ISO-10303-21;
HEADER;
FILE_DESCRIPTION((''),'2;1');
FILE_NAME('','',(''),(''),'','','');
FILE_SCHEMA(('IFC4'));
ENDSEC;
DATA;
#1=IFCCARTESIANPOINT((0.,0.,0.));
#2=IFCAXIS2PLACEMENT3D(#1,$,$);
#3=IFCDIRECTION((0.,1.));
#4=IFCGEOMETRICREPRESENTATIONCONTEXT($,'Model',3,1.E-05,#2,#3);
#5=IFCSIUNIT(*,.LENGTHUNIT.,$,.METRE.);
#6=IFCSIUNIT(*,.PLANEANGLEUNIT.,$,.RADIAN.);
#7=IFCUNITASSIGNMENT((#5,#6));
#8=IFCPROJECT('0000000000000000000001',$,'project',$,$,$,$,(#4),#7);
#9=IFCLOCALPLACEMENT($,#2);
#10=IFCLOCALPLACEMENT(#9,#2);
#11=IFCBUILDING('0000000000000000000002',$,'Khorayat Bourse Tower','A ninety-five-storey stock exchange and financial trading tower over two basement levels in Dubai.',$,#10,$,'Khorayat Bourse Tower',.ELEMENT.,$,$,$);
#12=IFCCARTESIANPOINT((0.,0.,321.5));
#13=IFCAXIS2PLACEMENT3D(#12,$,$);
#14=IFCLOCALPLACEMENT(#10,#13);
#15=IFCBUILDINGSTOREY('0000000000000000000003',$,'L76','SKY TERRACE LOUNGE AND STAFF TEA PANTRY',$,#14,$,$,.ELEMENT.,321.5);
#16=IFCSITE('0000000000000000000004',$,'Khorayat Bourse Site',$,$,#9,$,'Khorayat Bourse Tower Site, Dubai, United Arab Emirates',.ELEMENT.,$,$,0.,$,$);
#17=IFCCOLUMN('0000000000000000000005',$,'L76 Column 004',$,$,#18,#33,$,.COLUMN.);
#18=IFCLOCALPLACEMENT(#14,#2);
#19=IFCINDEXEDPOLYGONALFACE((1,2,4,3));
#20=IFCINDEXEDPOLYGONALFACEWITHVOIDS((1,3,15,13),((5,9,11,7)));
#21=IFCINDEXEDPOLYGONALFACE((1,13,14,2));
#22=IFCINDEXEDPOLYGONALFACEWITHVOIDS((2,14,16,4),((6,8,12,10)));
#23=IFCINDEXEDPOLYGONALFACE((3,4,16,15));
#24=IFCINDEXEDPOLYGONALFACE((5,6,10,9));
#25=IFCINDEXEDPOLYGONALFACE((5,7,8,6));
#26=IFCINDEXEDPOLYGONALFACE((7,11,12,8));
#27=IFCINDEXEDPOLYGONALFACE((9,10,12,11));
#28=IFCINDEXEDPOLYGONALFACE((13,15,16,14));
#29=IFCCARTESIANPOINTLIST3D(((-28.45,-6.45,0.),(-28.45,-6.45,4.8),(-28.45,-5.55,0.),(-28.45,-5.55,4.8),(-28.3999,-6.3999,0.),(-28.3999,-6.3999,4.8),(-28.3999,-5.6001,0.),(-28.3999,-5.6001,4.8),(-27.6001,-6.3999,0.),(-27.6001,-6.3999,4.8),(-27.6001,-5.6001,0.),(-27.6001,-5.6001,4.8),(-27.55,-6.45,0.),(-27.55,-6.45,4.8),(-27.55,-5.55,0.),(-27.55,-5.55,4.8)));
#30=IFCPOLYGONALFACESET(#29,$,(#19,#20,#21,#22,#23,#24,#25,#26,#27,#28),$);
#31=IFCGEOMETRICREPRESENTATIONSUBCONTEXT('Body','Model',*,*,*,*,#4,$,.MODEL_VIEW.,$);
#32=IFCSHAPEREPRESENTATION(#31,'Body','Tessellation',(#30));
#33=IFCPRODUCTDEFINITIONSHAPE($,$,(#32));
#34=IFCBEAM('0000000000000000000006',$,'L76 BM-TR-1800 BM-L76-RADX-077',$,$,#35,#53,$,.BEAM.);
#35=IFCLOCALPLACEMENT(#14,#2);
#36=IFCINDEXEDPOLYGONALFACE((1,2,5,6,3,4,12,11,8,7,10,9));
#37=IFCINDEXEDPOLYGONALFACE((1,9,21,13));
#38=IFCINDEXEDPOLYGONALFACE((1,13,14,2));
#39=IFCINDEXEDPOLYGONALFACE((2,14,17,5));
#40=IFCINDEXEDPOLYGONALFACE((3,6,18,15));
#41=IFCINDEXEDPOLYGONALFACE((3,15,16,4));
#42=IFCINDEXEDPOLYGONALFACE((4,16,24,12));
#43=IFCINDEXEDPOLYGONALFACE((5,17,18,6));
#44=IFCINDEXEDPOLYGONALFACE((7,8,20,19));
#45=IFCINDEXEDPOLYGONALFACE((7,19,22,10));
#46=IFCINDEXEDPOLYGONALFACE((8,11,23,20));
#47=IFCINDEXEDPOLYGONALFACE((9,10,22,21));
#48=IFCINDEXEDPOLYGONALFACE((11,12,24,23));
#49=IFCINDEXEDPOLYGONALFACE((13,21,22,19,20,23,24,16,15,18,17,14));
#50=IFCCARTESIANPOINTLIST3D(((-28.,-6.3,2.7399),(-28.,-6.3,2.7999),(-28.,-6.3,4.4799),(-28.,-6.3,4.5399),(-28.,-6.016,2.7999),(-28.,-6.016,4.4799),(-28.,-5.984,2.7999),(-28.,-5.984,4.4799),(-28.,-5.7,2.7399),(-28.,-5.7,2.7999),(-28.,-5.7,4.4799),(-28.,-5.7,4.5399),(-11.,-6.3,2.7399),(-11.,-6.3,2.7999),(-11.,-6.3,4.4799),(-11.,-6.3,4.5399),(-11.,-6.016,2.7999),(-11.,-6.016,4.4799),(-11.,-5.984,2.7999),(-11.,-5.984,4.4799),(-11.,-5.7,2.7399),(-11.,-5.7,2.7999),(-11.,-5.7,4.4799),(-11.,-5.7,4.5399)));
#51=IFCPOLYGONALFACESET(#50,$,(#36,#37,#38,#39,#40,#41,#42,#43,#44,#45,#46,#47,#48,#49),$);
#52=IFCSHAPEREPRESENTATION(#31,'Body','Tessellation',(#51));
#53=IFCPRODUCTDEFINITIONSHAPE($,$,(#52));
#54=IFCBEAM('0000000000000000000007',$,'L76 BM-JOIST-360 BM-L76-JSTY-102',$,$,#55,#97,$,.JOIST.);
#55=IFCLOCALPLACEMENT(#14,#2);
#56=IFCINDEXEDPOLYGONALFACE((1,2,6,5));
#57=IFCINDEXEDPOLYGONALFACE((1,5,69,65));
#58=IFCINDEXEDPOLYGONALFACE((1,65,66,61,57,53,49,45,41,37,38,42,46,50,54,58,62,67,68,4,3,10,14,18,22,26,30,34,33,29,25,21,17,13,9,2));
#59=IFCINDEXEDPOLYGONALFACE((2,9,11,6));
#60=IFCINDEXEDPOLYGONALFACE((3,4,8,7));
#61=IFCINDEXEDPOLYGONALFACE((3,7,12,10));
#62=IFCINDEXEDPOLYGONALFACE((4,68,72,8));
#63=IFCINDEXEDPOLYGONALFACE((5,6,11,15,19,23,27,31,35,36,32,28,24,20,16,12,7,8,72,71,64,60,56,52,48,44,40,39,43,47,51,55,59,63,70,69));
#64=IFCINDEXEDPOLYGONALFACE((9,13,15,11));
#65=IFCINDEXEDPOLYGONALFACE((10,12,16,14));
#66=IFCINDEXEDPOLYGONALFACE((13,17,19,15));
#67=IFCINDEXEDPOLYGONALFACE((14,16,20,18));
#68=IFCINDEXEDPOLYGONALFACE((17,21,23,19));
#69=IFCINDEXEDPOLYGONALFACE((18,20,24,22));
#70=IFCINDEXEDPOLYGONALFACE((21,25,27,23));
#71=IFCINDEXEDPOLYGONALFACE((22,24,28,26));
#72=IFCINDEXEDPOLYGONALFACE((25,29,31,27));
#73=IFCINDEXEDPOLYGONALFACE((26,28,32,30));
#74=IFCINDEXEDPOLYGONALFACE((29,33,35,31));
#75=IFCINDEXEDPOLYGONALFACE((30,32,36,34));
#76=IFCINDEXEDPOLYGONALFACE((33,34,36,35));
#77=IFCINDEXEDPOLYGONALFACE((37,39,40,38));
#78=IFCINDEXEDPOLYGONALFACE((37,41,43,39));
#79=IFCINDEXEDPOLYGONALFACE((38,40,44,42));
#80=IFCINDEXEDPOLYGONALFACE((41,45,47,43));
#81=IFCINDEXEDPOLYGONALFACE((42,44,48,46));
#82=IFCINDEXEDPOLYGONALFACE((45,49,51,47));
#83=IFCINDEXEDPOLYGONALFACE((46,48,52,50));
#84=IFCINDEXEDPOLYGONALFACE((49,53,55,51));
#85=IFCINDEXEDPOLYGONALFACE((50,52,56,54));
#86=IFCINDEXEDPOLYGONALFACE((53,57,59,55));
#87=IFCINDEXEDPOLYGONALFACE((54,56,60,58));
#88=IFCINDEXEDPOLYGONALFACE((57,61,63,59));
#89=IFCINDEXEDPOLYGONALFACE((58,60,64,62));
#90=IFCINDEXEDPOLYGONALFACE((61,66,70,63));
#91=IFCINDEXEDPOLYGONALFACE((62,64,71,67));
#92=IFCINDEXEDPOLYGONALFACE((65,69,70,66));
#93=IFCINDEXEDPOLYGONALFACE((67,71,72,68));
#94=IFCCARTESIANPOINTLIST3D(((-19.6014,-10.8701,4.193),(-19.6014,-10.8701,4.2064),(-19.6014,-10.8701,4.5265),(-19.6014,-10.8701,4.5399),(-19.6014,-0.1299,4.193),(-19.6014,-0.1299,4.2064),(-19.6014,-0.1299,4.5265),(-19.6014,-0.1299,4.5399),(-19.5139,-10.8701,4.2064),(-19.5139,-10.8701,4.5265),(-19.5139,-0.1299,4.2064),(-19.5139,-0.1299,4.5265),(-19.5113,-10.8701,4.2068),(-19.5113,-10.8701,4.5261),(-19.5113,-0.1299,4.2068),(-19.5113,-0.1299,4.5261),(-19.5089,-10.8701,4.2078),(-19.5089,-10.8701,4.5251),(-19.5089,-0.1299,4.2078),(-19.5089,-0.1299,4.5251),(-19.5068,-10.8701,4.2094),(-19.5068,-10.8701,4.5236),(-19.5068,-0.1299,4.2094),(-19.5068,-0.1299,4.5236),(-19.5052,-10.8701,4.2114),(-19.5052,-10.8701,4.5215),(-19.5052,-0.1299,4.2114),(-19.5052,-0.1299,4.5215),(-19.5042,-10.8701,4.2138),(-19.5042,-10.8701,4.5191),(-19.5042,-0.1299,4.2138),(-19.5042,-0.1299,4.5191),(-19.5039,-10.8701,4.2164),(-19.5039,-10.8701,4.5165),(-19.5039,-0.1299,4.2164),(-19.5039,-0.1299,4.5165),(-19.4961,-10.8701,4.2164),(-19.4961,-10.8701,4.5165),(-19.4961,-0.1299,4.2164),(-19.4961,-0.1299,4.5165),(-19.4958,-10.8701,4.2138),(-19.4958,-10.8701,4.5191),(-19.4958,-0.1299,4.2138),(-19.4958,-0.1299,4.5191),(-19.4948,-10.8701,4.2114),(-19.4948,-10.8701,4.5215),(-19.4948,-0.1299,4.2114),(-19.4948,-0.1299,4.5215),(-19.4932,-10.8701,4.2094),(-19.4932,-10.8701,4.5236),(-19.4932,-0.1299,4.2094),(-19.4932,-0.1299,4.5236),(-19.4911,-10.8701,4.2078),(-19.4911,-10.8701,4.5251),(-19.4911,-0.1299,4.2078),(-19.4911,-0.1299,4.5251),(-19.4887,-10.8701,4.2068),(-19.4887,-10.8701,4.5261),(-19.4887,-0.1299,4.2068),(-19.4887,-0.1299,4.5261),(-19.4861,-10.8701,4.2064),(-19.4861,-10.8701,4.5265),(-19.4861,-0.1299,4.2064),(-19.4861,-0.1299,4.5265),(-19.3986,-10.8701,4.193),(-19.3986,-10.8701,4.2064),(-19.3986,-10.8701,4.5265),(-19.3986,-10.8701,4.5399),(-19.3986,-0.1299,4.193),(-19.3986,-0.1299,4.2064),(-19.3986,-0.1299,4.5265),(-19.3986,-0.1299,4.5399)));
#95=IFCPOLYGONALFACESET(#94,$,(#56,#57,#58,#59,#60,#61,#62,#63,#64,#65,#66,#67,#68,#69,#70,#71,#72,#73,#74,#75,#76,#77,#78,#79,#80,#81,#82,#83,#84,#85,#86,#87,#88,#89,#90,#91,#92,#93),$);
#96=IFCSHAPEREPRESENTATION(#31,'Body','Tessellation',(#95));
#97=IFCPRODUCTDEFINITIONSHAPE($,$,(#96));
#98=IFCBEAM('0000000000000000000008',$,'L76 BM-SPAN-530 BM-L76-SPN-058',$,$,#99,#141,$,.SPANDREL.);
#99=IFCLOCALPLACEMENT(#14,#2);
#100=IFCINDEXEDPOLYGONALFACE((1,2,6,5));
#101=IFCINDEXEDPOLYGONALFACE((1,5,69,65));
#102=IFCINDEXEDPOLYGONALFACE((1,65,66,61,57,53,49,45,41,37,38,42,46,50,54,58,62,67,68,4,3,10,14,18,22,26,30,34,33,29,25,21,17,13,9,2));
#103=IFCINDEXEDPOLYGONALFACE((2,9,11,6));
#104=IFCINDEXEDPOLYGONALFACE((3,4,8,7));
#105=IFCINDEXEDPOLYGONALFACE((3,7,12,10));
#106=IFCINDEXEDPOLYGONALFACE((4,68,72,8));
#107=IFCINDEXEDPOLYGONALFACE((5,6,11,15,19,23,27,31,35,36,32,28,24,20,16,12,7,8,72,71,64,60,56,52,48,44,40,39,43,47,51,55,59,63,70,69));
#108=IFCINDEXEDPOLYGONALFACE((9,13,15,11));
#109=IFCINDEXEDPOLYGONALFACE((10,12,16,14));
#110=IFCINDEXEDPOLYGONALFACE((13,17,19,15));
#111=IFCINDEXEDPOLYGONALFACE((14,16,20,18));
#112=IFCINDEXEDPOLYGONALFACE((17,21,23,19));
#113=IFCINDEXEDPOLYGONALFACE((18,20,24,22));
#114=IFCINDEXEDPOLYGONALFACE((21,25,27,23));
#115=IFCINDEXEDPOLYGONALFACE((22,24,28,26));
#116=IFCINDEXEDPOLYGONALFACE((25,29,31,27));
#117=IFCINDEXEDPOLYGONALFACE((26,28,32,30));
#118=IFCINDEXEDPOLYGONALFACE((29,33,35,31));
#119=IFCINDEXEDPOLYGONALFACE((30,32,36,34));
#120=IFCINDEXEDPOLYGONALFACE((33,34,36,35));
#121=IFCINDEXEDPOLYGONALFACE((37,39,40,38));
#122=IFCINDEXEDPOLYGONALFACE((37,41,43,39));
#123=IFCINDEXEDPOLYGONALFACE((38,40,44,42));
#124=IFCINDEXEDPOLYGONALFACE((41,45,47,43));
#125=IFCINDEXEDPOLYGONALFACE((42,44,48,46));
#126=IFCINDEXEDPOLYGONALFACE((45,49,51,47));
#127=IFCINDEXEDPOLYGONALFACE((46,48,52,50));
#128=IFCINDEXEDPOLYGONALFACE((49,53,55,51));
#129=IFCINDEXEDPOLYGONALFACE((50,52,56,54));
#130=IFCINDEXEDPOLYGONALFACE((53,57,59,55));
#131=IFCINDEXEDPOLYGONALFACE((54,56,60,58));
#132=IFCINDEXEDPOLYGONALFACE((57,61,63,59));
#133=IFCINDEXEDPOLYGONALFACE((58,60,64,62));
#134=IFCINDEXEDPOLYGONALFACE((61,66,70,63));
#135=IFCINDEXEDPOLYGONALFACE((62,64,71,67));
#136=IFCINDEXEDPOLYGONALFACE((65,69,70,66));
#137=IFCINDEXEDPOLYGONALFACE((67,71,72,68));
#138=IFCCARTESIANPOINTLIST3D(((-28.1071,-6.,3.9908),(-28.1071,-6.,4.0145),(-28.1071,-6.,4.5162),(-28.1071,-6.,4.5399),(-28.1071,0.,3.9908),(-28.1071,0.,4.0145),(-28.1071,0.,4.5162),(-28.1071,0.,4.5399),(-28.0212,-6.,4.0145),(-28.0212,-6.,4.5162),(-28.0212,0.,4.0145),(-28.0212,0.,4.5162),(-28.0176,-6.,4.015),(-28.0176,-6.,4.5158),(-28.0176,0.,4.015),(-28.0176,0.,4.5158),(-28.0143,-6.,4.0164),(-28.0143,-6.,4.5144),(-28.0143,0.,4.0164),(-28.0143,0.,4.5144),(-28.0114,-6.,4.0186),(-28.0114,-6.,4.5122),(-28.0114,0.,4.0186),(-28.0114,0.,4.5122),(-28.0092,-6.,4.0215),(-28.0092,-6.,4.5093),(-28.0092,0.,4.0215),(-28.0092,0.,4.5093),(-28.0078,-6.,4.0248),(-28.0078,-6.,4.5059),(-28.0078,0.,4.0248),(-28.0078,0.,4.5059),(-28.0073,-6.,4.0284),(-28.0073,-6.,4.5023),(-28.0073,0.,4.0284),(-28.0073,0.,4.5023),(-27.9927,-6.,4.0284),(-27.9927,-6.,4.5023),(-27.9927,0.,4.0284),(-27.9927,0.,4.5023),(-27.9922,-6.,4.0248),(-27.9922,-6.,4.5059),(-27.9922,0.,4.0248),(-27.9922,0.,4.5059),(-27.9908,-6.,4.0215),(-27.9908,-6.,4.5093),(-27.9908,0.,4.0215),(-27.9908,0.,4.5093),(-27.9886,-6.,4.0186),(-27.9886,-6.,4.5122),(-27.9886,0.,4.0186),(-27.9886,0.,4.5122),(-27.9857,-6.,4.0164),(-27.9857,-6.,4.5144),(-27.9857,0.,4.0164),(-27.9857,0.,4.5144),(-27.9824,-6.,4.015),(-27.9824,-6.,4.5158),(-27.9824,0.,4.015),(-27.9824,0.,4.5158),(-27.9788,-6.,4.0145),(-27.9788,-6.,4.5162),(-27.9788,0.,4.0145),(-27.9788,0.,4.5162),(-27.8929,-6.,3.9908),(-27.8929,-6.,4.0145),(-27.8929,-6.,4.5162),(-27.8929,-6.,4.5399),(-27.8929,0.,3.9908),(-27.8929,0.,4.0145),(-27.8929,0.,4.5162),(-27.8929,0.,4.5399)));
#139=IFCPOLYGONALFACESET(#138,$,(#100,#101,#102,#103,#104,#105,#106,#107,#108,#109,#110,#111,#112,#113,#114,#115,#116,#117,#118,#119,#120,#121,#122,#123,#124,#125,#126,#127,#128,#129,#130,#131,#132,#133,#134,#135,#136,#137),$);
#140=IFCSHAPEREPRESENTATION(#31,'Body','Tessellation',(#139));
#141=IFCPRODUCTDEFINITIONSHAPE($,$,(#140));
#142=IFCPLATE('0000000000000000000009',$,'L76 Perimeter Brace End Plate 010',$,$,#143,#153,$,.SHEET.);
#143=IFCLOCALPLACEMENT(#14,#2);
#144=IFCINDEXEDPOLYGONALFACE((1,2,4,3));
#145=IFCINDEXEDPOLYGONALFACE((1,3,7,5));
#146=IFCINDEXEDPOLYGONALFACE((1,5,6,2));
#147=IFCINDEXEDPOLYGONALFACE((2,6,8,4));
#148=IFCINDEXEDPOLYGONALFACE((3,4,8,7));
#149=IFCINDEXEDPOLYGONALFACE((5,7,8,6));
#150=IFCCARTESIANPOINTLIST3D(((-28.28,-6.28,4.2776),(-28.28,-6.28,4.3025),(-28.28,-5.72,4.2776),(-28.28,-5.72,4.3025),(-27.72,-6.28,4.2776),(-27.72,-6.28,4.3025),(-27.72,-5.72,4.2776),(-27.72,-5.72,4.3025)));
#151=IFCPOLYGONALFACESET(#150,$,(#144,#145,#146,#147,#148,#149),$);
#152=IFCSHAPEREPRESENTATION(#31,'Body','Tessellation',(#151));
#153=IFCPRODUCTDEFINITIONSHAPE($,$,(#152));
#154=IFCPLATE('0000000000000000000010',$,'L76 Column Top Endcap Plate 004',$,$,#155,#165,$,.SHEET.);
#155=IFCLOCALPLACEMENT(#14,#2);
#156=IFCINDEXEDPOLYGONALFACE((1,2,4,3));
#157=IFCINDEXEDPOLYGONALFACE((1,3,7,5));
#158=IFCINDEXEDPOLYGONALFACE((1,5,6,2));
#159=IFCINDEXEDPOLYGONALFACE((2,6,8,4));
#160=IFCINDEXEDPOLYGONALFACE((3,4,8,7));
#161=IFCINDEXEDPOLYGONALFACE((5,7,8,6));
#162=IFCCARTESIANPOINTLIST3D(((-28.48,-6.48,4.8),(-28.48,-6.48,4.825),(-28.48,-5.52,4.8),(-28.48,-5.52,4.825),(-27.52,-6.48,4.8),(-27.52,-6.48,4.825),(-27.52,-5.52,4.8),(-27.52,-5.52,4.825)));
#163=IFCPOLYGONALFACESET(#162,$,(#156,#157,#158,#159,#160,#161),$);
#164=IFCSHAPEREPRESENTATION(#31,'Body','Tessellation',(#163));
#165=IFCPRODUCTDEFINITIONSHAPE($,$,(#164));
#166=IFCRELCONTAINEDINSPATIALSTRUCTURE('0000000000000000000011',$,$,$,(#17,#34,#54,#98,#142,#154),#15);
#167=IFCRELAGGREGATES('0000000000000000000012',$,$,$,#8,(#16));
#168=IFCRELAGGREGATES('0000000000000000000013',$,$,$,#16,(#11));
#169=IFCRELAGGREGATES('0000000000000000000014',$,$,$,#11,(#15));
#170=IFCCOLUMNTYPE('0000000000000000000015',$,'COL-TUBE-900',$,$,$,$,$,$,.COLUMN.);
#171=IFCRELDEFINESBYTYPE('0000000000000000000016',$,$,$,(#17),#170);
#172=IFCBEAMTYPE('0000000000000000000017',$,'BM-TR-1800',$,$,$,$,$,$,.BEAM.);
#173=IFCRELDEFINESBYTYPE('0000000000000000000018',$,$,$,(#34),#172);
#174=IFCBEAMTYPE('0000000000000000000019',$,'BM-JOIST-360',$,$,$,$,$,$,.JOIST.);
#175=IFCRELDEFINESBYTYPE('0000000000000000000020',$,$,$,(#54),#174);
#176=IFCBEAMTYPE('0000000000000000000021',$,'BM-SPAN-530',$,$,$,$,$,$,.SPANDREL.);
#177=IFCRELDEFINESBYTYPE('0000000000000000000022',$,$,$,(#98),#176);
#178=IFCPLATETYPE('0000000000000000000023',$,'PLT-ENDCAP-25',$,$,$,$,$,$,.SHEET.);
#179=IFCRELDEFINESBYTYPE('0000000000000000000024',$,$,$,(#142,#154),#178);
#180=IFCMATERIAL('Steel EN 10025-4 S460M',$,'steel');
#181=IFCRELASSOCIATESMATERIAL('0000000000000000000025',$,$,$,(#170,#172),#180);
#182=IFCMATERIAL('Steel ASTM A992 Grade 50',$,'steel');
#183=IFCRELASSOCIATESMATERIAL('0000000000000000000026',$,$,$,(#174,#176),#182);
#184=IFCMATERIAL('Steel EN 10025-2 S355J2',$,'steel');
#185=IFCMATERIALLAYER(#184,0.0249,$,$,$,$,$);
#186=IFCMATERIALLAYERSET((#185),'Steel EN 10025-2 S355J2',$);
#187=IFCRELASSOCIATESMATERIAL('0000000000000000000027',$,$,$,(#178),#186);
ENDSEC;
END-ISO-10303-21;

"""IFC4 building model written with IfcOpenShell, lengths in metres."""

from ifc_helpers import new_model, si_unit, direction, frame, origin, origin_2d, place, context, subcontext, project, spatial, rectangle, hollow_rectangle, i_section, extrude, source, transform, mapped, material, layer, layer_set, material_profile, profile_set, type_object, element, save


model = new_model("IFC4")

# Units and contexts
model_context = context("Model", 3, precision=1e-05, world=origin(), true_north=direction((0.0, 1.0)))
body_context = subcontext(model_context, "Body", "Model", "MODEL_VIEW")
ifc_project = project(units=[si_unit("LENGTHUNIT", "METRE"), si_unit("PLANEANGLEUNIT", "RADIAN")], contexts=[model_context])

# Site, building, storey
site_placement = place(None, origin())
site = spatial("IfcSite", under=ifc_project, at=site_placement, Name="Khorayat Bourse Site", LongName="Khorayat Bourse Tower Site, Dubai, United Arab Emirates", CompositionType="ELEMENT", RefElevation=0.0)
building_placement = place(site_placement, origin())
building = spatial("IfcBuilding", under=site, at=building_placement, Name="Khorayat Bourse Tower", Description="A ninety-five-storey stock exchange and financial trading tower over two basement levels in Dubai.", LongName="Khorayat Bourse Tower", CompositionType="ELEMENT")
storey_placement = place(building_placement, frame((0.0, 0.0, 321.5)))
storey = spatial("IfcBuildingStorey", under=building, at=storey_placement, Name="L76", Description="SKY TERRACE LOUNGE AND STAFF TEA PANTRY", CompositionType="ELEMENT", Elevation=321.5)

# Column
ifc_material_1 = material(Name="Steel EN 10025-4 S460M", Category="steel")
ifc_material_profile_1 = material_profile(ifc_material_1, hollow_rectangle(XDim=0.8999, YDim=0.8999, WallThickness=0.05, at=origin_2d()), Name="BOX 900x900x50")
ifc_profile_set_1 = profile_set([ifc_material_profile_1], Name="Steel EN 10025-4 S460M")
column_type = type_object("IfcColumnType", Name="COL-TUBE-900", PredefinedType="COLUMN", material=ifc_profile_set_1)
shared_shape_1 = source(origin(), body_context, "Body", "SweptSolid", [
    extrude(hollow_rectangle(XDim=0.8999, YDim=0.8999, WallThickness=0.05, at=origin_2d()), origin(), (0.0, 0.0, 1.0), 4.8),
])
column_placement = place(storey_placement, frame((-28.0, -6.0, 0.0), z_axis=(0.0, 0.0, 1.0), x_axis=(1.0, 0.0, 0.0)))
element("IfcColumn", 1, at=column_placement, inside=storey, type_object=column_type, Name="L76 Column 004", PredefinedType="COLUMN", context=body_context, shape_type="MappedRepresentation", body=[
    mapped(shared_shape_1, transform((0.0, 0.0, 0.0), scale=1.0)),
])

# Beams
ifc_material_profile_2 = material_profile(ifc_material_1, i_section(OverallWidth=0.6001, OverallDepth=1.8, WebThickness=0.032, FlangeThickness=0.0601, at=origin_2d()), Name="PG 1800x600x32x60")
ifc_profile_set_2 = profile_set([ifc_material_profile_2], Name="Steel EN 10025-4 S460M")
beam_type_1 = type_object("IfcBeamType", Name="BM-TR-1800", PredefinedType="BEAM", material=ifc_profile_set_2)
shared_shape_2 = source(origin(), body_context, "Body", "SweptSolid", [
    extrude(i_section(OverallWidth=0.6001, OverallDepth=1.8, WebThickness=0.032, FlangeThickness=0.0601, at=origin_2d()), origin(), (0.0, 0.0, 1.0), 17.0),
])
beam_1_placement = place(storey_placement, frame((-28.0, -6.0, 3.6399), z_axis=(1.0, 0.0, 0.0), x_axis=(0.0, 1.0, 0.0)))
element("IfcBeam", 2, at=beam_1_placement, inside=storey, type_object=beam_type_1, Name="L76 BM-TR-1800 BM-L76-RADX-077", PredefinedType="BEAM", context=body_context, shape_type="MappedRepresentation", body=[
    mapped(shared_shape_2, transform((0.0, 0.0, 0.0), scale=1.0)),
])
ifc_material_2 = material(Name="Steel ASTM A992 Grade 50", Category="steel")
ifc_material_profile_3 = material_profile(ifc_material_2, i_section(OverallWidth=0.2029, OverallDepth=0.3469, WebThickness=0.0078, FlangeThickness=0.0134, FilletRadius=0.01, at=origin_2d()), Name="W360X64")
ifc_profile_set_3 = profile_set([ifc_material_profile_3], Name="Steel ASTM A992 Grade 50")
beam_type_2 = type_object("IfcBeamType", Name="BM-JOIST-360", PredefinedType="JOIST", material=ifc_profile_set_3)
shared_shape_3 = source(origin(), body_context, "Body", "SweptSolid", [
    extrude(i_section(OverallWidth=0.2029, OverallDepth=0.3469, WebThickness=0.0078, FlangeThickness=0.0134, FilletRadius=0.01, at=origin_2d()), origin(), (0.0, 0.0, 1.0), 10.7402),
])
beam_2_placement = place(storey_placement, frame((-19.5, -10.8701, 4.3665), z_axis=(0.0, 1.0, 0.0), x_axis=(-1.0, 0.0, 0.0)))
element("IfcBeam", 3, at=beam_2_placement, inside=storey, type_object=beam_type_2, Name="L76 BM-JOIST-360 BM-L76-JSTY-102", PredefinedType="JOIST", context=body_context, shape_type="MappedRepresentation", body=[
    mapped(shared_shape_3, transform((0.0, 0.0, 0.0), scale=1.0)),
])
ifc_material_profile_4 = material_profile(ifc_material_2, i_section(OverallWidth=0.2141, OverallDepth=0.5491, WebThickness=0.0146, FlangeThickness=0.0237, FilletRadius=0.0139, at=origin_2d()), Name="W530X138")
ifc_profile_set_4 = profile_set([ifc_material_profile_4], Name="Steel ASTM A992 Grade 50")
beam_type_3 = type_object("IfcBeamType", Name="BM-SPAN-530", PredefinedType="SPANDREL", material=ifc_profile_set_4)
shared_shape_4 = source(origin(), body_context, "Body", "SweptSolid", [
    extrude(i_section(OverallWidth=0.2141, OverallDepth=0.5491, WebThickness=0.0146, FlangeThickness=0.0237, FilletRadius=0.0139, at=origin_2d()), origin(), (0.0, 0.0, 1.0), 6.0),
])
beam_3_placement = place(storey_placement, frame((-28.0, -6.0, 4.2654), z_axis=(0.0, 1.0, 0.0), x_axis=(-1.0, 0.0, 0.0)))
element("IfcBeam", 4, at=beam_3_placement, inside=storey, type_object=beam_type_3, Name="L76 BM-SPAN-530 BM-L76-SPN-058", PredefinedType="SPANDREL", context=body_context, shape_type="MappedRepresentation", body=[
    mapped(shared_shape_4, transform((0.0, 0.0, 0.0), scale=1.0)),
])

# Plates
ifc_material_3 = material(Name="Steel EN 10025-2 S355J2", Category="steel")
ifc_layer_1 = layer(ifc_material_3, 0.0249)
ifc_layer_set_1 = layer_set([ifc_layer_1], Name="Steel EN 10025-2 S355J2")
plate_type_1 = type_object("IfcPlateType", Name="PLT-ENDCAP-25", PredefinedType="SHEET", material=ifc_layer_set_1)
shared_shape_5 = source(origin(), body_context, "Body", "SweptSolid", [
    extrude(rectangle(XDim=0.5601, YDim=0.5601, at=origin_2d()), origin(), (0.0, 0.0, 1.0), 0.0249),
])
plate_1_placement = place(storey_placement, frame((-28.0, -6.0, 4.2776), z_axis=(0.0, 0.0, 1.0), x_axis=(1.0, 0.0, 0.0)))
element("IfcPlate", 5, at=plate_1_placement, inside=storey, type_object=plate_type_1, Name="L76 Perimeter Brace End Plate 010", PredefinedType="SHEET", context=body_context, shape_type="MappedRepresentation", body=[
    mapped(shared_shape_5, transform((0.0, 0.0, 0.0), scale=1.0)),
])
shared_shape_6 = source(origin(), body_context, "Body", "SweptSolid", [
    extrude(rectangle(XDim=0.96, YDim=0.96, at=origin_2d()), origin(), (0.0, 0.0, 1.0), 0.0249),
])
plate_2_placement = place(storey_placement, frame((-28.0, -6.0, 4.8), z_axis=(0.0, 0.0, 1.0), x_axis=(1.0, 0.0, 0.0)))
element("IfcPlate", 6, at=plate_2_placement, inside=storey, type_object=plate_type_1, Name="L76 Column Top Endcap Plate 004", PredefinedType="SHEET", context=body_context, shape_type="MappedRepresentation", body=[
    mapped(shared_shape_6, transform((0.0, 0.0, 0.0), scale=1.0)),
])

save(model, "model.ifc")
